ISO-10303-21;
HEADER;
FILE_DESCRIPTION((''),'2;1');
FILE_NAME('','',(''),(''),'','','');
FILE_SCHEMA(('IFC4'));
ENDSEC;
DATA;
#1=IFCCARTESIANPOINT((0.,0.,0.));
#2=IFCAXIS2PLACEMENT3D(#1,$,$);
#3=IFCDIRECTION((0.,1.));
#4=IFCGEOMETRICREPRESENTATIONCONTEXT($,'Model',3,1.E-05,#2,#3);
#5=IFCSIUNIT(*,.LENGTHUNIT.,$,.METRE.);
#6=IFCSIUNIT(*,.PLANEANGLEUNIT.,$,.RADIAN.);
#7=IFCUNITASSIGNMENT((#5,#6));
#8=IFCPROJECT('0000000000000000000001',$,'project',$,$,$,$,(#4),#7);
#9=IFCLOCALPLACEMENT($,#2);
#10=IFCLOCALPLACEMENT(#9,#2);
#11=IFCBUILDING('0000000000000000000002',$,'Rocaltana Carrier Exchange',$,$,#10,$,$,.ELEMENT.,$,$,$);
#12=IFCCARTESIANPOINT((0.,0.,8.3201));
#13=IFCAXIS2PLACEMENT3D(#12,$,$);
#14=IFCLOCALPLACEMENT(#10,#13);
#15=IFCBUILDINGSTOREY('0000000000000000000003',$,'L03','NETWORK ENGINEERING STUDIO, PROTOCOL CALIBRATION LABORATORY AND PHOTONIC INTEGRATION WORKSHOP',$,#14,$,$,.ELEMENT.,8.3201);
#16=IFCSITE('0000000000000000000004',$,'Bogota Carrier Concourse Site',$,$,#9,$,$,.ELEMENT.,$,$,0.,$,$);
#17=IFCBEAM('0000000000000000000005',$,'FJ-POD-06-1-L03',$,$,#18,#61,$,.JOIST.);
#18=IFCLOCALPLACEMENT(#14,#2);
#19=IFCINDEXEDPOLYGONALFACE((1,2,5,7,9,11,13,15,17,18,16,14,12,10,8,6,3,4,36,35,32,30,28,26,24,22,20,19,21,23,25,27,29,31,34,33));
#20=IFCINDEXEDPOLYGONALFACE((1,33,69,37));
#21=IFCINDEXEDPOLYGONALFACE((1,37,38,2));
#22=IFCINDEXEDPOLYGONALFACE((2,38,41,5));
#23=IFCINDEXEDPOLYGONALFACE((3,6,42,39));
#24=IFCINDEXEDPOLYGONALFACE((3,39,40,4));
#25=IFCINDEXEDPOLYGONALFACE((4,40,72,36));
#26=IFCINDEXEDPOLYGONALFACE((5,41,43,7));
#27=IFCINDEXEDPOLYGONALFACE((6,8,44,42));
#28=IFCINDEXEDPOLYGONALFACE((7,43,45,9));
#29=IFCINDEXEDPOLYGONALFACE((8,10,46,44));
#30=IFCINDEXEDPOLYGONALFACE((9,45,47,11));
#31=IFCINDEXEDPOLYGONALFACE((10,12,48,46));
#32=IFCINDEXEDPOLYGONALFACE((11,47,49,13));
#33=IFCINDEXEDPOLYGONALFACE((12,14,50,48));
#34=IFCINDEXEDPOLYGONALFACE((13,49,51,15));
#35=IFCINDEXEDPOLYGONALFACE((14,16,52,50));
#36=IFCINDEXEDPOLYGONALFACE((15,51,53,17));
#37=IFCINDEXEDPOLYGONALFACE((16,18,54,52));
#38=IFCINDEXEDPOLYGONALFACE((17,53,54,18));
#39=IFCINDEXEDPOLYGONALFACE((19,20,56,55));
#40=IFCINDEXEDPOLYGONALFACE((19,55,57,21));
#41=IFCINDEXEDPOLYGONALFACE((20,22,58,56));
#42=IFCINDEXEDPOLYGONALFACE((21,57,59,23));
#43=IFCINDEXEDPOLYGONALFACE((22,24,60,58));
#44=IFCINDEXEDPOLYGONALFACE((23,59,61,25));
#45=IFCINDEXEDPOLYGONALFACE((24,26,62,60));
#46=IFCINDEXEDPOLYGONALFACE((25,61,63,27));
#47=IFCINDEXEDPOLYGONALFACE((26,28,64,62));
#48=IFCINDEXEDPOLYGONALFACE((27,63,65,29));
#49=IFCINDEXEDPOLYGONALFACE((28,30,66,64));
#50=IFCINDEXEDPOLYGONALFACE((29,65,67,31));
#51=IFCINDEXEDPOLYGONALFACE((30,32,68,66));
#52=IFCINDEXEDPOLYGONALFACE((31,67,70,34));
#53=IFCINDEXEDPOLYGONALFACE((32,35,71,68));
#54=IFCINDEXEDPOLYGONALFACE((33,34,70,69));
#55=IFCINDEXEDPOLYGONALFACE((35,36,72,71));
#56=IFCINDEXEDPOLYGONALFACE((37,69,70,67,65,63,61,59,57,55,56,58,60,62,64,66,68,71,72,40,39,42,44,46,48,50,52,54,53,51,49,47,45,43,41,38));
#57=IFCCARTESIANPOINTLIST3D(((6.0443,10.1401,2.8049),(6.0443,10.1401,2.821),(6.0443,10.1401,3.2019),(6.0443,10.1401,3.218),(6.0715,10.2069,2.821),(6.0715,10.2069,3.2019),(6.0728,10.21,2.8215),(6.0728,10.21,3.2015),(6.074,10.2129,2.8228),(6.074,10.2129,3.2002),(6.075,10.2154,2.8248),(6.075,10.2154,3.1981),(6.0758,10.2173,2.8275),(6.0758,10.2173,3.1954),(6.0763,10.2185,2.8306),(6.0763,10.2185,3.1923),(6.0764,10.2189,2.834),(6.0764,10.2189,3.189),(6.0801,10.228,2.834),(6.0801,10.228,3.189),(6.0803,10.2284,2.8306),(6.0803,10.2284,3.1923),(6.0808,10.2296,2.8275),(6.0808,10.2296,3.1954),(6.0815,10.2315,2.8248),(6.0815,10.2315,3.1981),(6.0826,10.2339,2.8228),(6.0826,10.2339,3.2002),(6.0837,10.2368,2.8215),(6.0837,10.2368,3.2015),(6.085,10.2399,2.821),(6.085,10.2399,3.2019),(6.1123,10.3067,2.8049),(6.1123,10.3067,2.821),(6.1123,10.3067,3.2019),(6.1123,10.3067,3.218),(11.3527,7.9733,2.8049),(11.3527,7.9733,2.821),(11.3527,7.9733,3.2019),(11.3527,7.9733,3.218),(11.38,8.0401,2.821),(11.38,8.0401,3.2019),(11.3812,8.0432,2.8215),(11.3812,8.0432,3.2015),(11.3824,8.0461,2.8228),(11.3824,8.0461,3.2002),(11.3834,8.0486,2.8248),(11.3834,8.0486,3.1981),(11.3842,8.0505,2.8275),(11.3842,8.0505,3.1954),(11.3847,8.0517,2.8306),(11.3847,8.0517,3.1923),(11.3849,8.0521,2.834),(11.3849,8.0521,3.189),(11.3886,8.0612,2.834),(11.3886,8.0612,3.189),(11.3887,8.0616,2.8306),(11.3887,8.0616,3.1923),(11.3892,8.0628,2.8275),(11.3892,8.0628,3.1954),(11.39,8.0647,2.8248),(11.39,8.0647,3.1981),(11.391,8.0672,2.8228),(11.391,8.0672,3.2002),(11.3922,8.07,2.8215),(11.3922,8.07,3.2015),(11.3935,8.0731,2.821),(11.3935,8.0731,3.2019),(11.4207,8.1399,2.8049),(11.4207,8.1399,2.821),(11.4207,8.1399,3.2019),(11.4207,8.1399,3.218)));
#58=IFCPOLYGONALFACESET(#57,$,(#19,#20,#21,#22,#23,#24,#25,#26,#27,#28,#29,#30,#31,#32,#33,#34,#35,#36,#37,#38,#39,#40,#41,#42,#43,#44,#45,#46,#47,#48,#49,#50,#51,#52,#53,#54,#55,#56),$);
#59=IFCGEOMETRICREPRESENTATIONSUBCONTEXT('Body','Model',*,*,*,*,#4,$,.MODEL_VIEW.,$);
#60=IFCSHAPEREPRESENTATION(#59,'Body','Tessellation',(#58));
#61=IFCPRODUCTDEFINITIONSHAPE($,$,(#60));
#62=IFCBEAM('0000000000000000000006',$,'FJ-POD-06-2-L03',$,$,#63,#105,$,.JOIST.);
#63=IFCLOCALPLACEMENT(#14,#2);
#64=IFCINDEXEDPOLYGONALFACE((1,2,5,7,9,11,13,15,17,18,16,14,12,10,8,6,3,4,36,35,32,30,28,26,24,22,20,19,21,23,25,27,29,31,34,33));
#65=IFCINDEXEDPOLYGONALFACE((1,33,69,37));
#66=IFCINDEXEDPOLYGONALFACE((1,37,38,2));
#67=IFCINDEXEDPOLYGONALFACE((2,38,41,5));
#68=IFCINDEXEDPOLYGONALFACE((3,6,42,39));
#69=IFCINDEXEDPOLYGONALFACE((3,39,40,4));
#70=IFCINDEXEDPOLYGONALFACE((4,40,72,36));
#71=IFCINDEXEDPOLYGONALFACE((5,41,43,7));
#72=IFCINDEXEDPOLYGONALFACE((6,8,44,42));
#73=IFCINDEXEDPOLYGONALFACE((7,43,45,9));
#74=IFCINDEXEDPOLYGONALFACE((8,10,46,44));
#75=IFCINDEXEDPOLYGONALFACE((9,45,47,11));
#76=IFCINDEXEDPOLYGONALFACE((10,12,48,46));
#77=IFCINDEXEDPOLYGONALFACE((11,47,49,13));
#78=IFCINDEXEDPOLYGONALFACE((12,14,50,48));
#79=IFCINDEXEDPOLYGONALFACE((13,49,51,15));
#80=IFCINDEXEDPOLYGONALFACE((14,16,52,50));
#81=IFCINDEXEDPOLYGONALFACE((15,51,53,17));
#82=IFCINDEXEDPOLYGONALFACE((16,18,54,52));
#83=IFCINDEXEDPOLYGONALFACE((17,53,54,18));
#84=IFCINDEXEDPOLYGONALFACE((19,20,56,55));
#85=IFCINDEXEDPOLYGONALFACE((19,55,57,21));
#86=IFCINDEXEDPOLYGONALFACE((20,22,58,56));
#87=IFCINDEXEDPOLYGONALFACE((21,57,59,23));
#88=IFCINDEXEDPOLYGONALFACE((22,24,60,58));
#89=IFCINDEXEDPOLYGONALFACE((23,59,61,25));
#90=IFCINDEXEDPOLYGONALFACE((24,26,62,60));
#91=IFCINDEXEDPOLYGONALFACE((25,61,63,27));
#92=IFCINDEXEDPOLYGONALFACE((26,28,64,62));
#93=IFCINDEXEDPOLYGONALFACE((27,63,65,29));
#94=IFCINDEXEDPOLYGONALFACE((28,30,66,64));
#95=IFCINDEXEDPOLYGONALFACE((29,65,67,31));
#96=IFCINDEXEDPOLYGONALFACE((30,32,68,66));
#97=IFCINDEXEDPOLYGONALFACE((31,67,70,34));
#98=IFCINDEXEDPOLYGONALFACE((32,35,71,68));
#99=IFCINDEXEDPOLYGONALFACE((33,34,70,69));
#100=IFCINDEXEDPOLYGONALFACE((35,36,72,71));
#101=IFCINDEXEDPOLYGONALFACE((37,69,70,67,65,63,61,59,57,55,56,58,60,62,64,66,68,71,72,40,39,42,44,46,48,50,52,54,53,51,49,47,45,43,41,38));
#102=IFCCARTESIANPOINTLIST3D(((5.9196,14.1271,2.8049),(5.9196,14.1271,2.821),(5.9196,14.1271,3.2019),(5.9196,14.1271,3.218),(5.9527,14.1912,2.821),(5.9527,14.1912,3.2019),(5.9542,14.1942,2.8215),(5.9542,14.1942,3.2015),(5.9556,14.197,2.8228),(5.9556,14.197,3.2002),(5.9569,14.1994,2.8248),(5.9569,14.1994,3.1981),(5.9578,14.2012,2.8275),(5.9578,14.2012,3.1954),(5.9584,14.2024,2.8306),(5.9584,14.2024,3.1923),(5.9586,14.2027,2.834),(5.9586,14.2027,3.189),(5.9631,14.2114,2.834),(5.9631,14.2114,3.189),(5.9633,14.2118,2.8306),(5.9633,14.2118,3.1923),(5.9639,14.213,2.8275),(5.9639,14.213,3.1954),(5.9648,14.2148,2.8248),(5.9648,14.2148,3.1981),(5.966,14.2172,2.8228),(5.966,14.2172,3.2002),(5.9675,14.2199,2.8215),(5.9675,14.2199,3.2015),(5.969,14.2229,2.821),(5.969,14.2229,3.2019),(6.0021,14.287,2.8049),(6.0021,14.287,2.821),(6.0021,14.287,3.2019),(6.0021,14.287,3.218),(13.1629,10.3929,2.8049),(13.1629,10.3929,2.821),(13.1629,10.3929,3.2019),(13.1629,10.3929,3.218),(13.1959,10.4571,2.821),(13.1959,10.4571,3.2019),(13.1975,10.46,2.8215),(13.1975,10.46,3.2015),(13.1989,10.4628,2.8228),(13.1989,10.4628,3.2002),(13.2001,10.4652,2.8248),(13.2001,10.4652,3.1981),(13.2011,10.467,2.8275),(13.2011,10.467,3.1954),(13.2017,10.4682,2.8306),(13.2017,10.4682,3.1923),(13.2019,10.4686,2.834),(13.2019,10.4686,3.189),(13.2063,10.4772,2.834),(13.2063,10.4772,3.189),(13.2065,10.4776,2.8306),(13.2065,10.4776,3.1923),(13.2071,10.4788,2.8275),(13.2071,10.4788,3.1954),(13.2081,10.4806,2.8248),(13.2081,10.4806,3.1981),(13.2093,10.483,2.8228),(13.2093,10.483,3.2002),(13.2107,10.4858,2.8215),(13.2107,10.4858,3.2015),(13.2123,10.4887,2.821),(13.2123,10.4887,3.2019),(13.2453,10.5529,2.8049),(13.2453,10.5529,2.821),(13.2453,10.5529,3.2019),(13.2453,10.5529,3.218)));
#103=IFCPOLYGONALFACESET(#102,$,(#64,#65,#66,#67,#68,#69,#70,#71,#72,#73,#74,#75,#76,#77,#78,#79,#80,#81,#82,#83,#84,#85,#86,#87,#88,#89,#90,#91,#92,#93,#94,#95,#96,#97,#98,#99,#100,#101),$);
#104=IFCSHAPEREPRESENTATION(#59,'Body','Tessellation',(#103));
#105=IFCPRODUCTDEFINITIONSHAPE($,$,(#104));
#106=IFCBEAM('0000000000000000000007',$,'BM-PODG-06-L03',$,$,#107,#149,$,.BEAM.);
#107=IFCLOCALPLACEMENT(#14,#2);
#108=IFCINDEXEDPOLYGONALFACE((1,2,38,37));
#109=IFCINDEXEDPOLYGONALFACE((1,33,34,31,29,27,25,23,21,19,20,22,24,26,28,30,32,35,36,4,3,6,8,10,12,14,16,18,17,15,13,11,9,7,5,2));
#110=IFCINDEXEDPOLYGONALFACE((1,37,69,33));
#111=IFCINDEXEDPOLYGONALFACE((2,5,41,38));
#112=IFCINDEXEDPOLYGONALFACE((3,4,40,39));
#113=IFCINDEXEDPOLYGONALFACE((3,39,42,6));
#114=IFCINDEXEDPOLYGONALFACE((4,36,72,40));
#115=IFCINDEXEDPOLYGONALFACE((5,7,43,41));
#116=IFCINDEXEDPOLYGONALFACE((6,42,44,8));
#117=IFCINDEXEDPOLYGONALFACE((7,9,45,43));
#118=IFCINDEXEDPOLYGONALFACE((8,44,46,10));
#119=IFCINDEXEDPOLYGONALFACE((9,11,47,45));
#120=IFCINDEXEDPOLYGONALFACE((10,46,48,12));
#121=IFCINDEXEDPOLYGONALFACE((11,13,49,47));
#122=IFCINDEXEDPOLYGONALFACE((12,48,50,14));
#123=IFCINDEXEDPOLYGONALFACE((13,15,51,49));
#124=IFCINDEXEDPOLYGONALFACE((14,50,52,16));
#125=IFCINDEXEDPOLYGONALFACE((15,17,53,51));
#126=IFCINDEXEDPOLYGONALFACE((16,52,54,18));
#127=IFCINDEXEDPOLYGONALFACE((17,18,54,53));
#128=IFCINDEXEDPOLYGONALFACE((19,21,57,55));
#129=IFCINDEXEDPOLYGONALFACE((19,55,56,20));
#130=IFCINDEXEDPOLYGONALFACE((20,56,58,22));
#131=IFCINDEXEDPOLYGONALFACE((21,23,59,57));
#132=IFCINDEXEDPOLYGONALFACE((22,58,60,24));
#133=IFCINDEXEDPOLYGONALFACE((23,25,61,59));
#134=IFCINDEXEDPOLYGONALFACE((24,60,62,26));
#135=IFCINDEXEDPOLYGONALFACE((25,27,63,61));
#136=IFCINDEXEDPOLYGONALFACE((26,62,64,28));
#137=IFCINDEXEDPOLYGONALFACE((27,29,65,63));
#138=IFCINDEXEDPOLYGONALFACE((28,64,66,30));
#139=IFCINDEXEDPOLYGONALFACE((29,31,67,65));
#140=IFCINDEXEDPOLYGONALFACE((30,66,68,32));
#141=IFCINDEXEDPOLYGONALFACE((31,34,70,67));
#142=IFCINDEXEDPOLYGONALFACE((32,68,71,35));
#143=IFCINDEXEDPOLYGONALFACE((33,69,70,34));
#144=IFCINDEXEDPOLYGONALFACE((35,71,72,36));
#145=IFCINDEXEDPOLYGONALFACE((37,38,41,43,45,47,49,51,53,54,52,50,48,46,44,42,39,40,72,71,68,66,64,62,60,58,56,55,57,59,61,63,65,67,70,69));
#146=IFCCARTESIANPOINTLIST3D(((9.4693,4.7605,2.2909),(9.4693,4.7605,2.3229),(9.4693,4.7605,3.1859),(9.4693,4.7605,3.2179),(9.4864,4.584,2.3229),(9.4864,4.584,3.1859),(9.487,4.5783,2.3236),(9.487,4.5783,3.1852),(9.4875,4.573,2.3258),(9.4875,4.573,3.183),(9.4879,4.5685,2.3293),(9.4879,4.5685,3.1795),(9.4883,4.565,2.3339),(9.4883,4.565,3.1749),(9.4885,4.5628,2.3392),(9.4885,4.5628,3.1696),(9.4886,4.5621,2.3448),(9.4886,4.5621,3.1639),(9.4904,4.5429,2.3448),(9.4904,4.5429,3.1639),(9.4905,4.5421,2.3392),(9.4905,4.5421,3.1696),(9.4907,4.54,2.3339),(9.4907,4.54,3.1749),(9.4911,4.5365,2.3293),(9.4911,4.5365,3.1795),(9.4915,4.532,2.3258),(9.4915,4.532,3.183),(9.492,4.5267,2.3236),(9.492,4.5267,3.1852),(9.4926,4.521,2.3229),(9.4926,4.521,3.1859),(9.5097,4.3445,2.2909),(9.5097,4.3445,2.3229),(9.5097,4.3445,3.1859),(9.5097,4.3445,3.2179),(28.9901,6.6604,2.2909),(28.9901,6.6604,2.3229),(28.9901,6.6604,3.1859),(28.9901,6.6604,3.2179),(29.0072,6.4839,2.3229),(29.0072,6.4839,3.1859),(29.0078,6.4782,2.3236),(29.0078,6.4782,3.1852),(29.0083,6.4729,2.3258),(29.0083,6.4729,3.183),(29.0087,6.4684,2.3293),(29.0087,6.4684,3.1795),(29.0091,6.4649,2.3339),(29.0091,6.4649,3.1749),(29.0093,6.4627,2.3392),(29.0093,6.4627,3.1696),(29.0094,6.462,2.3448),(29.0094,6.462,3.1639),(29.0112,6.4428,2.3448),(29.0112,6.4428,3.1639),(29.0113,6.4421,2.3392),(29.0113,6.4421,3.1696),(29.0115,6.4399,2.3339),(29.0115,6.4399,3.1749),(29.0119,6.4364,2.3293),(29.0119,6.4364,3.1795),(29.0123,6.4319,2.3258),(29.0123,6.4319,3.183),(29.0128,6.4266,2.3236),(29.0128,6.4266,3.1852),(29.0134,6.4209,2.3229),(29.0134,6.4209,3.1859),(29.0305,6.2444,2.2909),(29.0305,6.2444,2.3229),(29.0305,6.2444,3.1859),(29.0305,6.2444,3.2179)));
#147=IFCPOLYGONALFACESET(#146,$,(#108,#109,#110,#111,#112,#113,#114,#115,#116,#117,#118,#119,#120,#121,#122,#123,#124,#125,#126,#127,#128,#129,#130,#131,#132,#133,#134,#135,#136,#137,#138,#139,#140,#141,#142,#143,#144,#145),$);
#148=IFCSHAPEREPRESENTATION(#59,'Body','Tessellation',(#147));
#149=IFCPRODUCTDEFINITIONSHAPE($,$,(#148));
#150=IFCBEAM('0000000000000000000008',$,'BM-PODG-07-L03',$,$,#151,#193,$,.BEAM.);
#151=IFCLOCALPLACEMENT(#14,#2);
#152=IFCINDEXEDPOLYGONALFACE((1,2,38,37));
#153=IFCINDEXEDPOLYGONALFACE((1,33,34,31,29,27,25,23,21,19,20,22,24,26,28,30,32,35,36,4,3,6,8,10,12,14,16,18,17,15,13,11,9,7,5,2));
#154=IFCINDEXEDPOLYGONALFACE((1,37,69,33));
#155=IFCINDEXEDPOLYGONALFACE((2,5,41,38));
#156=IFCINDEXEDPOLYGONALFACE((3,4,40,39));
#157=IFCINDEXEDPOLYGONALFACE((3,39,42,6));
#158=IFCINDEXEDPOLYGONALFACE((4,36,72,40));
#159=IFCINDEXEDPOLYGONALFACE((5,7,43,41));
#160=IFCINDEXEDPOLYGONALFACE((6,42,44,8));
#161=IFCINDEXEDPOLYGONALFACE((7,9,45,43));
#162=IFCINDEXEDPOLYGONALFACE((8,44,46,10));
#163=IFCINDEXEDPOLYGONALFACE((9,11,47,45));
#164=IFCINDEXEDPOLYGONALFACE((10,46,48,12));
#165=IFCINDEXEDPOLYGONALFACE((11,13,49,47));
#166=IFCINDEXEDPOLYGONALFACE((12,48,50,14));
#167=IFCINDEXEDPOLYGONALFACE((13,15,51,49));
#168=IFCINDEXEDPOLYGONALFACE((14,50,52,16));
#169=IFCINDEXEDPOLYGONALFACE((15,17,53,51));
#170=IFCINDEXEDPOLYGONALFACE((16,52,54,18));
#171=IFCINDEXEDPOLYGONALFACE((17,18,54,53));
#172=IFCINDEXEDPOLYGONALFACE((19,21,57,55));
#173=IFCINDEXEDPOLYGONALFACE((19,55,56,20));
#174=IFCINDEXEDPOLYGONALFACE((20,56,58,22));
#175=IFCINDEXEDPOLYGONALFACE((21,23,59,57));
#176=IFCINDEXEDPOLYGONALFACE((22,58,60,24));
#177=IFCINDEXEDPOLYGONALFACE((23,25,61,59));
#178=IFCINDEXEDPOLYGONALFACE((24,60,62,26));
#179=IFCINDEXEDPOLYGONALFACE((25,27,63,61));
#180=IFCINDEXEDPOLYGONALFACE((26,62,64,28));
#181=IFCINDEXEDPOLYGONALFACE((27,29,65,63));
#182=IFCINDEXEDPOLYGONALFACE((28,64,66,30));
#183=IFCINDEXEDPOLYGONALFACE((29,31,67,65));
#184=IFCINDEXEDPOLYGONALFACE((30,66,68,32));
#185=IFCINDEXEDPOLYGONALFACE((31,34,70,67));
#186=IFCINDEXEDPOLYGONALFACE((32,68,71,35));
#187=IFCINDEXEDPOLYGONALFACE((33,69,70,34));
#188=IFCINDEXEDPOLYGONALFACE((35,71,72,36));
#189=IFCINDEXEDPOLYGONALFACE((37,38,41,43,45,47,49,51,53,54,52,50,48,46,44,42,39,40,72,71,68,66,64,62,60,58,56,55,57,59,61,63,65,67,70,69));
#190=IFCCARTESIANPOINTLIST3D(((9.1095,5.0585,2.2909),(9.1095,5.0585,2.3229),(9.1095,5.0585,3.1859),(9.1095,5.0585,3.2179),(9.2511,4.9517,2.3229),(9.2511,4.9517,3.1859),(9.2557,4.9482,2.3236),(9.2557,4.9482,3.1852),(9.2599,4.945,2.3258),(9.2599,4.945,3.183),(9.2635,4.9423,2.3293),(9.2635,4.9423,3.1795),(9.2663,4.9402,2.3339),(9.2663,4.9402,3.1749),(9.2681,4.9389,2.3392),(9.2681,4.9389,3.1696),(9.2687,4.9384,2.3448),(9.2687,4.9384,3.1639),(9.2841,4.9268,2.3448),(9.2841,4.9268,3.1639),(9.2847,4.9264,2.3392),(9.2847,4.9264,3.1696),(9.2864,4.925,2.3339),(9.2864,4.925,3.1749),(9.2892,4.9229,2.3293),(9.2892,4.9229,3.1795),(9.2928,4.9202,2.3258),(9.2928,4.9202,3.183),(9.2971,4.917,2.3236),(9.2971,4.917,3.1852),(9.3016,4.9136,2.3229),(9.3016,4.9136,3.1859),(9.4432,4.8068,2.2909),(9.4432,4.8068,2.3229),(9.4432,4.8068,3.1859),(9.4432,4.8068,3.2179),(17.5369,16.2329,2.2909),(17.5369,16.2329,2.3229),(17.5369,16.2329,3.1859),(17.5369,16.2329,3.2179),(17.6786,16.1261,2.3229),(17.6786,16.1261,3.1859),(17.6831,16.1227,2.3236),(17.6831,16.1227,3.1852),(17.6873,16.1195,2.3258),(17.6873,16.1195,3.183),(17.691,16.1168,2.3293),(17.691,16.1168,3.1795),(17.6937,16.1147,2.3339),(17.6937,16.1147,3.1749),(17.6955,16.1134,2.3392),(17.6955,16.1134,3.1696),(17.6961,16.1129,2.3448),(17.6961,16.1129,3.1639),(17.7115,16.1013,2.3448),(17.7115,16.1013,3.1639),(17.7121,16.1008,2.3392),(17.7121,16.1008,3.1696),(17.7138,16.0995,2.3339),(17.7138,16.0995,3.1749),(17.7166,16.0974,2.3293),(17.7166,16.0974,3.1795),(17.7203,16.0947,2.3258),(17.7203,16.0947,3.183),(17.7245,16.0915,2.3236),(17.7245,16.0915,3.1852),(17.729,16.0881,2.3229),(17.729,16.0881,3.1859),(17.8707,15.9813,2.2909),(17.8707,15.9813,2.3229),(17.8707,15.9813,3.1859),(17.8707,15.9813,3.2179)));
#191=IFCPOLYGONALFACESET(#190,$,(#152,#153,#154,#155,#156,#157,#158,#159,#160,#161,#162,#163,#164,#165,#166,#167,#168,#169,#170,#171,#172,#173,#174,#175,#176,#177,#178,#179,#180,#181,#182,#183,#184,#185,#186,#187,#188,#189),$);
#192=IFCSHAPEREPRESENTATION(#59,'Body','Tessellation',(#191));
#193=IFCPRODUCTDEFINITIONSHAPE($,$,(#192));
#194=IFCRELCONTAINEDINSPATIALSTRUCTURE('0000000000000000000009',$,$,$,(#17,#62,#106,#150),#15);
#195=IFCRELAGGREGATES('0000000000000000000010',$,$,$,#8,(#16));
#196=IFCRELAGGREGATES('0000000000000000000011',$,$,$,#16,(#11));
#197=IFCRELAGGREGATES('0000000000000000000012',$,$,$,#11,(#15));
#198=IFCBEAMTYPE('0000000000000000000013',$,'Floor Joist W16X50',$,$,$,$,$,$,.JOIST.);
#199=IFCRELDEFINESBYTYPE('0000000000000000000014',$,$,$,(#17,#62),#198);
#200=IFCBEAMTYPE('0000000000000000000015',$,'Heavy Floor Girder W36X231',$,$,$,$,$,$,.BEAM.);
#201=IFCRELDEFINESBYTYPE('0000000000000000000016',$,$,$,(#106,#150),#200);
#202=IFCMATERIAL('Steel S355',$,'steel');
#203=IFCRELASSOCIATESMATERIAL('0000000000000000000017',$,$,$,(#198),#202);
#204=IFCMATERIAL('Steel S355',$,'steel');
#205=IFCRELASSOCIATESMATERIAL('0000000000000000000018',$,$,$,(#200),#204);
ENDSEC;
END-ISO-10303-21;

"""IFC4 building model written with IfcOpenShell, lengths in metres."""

from ifc_helpers import new_model, si_unit, direction, frame, origin, origin_2d, place, context, subcontext, project, spatial, i_section, extrude, material, material_profile, profile_set, type_object, element, save


model = new_model("IFC4")

# Units and contexts
model_context = context("Model", 3, precision=1e-05, world=origin(), true_north=direction((0.0, 1.0)))
body_context = subcontext(model_context, "Body", "Model", "MODEL_VIEW")
ifc_project = project(units=[si_unit("LENGTHUNIT", "METRE"), si_unit("PLANEANGLEUNIT", "RADIAN")], contexts=[model_context])

# Site, building, storey
site_placement = place(None, origin())
site = spatial("IfcSite", under=ifc_project, at=site_placement, Name="Bogota Carrier Concourse Site", CompositionType="ELEMENT", RefElevation=0.0)
building_placement = place(site_placement, origin())
building = spatial("IfcBuilding", under=site, at=building_placement, Name="Rocaltana Carrier Exchange", CompositionType="ELEMENT")
storey_placement = place(building_placement, frame((0.0, 0.0, 8.3201)))
storey = spatial("IfcBuildingStorey", under=building, at=storey_placement, Name="L03", Description="NETWORK ENGINEERING STUDIO, PROTOCOL CALIBRATION LABORATORY AND PHOTONIC INTEGRATION WORKSHOP", CompositionType="ELEMENT", Elevation=8.3201)

# Beams
ifc_material_1 = material(Name="Steel S355", Category="steel")
ifc_material_profile_1 = material_profile(ifc_material_1, i_section(OverallWidth=0.1799, OverallDepth=0.4131, WebThickness=0.0098, FlangeThickness=0.0161, FilletRadius=0.0129, at=origin_2d()), Name="W16X50")
ifc_profile_set_1 = profile_set([ifc_material_profile_1], Name="Steel S355")
beam_type_1 = type_object("IfcBeamType", Name="Floor Joist W16X50", PredefinedType="JOIST", material=ifc_profile_set_1)
beam_1_placement = place(storey_placement, frame((11.3867, 8.0566, 3.0115), z_axis=(-0.925843, 0.377908, 0.0), x_axis=(-0.377908, -0.925843, 0.0)))
element("IfcBeam", 1, at=beam_1_placement, inside=storey, type_object=beam_type_1, Name="FJ-POD-06-1-L03", PredefinedType="JOIST", context=body_context, shape_type="SweptSolid", body=[
    extrude(i_section(OverallWidth=0.1799, OverallDepth=0.4131, WebThickness=0.0098, FlangeThickness=0.0161, FilletRadius=0.0129, at=origin_2d()), origin(), (0.0, 0.0, 1.0), 5.7336),
])
beam_2_placement = place(storey_placement, frame((13.2041, 10.4729, 3.0115), z_axis=(-0.888834, 0.458228, 0.0), x_axis=(-0.458228, -0.888834, 0.0)))
element("IfcBeam", 2, at=beam_2_placement, inside=storey, type_object=beam_type_1, Name="FJ-POD-06-2-L03", PredefinedType="JOIST", context=body_context, shape_type="SweptSolid", body=[
    extrude(i_section(OverallWidth=0.1799, OverallDepth=0.4131, WebThickness=0.0098, FlangeThickness=0.0161, FilletRadius=0.0129, at=origin_2d()), origin(), (0.0, 0.0, 1.0), 8.1492),
])
ifc_material_2 = material(Name="Steel S355", Category="steel")
ifc_material_profile_2 = material_profile(ifc_material_2, i_section(OverallWidth=0.418, OverallDepth=0.927, WebThickness=0.0193, FlangeThickness=0.032, FilletRadius=0.022, at=origin_2d()), Name="W36X231")
ifc_profile_set_2 = profile_set([ifc_material_profile_2], Name="Steel S355")
beam_type_2 = type_object("IfcBeamType", Name="Heavy Floor Girder W36X231", PredefinedType="BEAM", material=ifc_profile_set_2)
beam_3_placement = place(storey_placement, frame((9.4895, 4.5525, 2.7544), z_axis=(0.995297, 0.09687, 0.0), x_axis=(-0.09687, 0.995297, 0.0)))
element("IfcBeam", 3, at=beam_3_placement, inside=storey, type_object=beam_type_2, Name="BM-PODG-06-L03", PredefinedType="BEAM", context=body_context, shape_type="SweptSolid", body=[
    extrude(i_section(OverallWidth=0.418, OverallDepth=0.927, WebThickness=0.0193, FlangeThickness=0.032, FilletRadius=0.022, at=origin_2d()), origin(), (0.0, 0.0, 1.0), 19.613),
])
beam_4_placement = place(storey_placement, frame((9.2764, 4.9326, 2.7544), z_axis=(0.602127, 0.7984, 0.0), x_axis=(-0.7984, 0.602127, 0.0)))
element("IfcBeam", 4, at=beam_4_placement, inside=storey, type_object=beam_type_2, Name="BM-PODG-07-L03", PredefinedType="BEAM", context=body_context, shape_type="SweptSolid", body=[
    extrude(i_section(OverallWidth=0.418, OverallDepth=0.927, WebThickness=0.0193, FlangeThickness=0.032, FilletRadius=0.022, at=origin_2d()), origin(), (0.0, 0.0, 1.0), 13.9961),
])

save(model, "model.ifc")
